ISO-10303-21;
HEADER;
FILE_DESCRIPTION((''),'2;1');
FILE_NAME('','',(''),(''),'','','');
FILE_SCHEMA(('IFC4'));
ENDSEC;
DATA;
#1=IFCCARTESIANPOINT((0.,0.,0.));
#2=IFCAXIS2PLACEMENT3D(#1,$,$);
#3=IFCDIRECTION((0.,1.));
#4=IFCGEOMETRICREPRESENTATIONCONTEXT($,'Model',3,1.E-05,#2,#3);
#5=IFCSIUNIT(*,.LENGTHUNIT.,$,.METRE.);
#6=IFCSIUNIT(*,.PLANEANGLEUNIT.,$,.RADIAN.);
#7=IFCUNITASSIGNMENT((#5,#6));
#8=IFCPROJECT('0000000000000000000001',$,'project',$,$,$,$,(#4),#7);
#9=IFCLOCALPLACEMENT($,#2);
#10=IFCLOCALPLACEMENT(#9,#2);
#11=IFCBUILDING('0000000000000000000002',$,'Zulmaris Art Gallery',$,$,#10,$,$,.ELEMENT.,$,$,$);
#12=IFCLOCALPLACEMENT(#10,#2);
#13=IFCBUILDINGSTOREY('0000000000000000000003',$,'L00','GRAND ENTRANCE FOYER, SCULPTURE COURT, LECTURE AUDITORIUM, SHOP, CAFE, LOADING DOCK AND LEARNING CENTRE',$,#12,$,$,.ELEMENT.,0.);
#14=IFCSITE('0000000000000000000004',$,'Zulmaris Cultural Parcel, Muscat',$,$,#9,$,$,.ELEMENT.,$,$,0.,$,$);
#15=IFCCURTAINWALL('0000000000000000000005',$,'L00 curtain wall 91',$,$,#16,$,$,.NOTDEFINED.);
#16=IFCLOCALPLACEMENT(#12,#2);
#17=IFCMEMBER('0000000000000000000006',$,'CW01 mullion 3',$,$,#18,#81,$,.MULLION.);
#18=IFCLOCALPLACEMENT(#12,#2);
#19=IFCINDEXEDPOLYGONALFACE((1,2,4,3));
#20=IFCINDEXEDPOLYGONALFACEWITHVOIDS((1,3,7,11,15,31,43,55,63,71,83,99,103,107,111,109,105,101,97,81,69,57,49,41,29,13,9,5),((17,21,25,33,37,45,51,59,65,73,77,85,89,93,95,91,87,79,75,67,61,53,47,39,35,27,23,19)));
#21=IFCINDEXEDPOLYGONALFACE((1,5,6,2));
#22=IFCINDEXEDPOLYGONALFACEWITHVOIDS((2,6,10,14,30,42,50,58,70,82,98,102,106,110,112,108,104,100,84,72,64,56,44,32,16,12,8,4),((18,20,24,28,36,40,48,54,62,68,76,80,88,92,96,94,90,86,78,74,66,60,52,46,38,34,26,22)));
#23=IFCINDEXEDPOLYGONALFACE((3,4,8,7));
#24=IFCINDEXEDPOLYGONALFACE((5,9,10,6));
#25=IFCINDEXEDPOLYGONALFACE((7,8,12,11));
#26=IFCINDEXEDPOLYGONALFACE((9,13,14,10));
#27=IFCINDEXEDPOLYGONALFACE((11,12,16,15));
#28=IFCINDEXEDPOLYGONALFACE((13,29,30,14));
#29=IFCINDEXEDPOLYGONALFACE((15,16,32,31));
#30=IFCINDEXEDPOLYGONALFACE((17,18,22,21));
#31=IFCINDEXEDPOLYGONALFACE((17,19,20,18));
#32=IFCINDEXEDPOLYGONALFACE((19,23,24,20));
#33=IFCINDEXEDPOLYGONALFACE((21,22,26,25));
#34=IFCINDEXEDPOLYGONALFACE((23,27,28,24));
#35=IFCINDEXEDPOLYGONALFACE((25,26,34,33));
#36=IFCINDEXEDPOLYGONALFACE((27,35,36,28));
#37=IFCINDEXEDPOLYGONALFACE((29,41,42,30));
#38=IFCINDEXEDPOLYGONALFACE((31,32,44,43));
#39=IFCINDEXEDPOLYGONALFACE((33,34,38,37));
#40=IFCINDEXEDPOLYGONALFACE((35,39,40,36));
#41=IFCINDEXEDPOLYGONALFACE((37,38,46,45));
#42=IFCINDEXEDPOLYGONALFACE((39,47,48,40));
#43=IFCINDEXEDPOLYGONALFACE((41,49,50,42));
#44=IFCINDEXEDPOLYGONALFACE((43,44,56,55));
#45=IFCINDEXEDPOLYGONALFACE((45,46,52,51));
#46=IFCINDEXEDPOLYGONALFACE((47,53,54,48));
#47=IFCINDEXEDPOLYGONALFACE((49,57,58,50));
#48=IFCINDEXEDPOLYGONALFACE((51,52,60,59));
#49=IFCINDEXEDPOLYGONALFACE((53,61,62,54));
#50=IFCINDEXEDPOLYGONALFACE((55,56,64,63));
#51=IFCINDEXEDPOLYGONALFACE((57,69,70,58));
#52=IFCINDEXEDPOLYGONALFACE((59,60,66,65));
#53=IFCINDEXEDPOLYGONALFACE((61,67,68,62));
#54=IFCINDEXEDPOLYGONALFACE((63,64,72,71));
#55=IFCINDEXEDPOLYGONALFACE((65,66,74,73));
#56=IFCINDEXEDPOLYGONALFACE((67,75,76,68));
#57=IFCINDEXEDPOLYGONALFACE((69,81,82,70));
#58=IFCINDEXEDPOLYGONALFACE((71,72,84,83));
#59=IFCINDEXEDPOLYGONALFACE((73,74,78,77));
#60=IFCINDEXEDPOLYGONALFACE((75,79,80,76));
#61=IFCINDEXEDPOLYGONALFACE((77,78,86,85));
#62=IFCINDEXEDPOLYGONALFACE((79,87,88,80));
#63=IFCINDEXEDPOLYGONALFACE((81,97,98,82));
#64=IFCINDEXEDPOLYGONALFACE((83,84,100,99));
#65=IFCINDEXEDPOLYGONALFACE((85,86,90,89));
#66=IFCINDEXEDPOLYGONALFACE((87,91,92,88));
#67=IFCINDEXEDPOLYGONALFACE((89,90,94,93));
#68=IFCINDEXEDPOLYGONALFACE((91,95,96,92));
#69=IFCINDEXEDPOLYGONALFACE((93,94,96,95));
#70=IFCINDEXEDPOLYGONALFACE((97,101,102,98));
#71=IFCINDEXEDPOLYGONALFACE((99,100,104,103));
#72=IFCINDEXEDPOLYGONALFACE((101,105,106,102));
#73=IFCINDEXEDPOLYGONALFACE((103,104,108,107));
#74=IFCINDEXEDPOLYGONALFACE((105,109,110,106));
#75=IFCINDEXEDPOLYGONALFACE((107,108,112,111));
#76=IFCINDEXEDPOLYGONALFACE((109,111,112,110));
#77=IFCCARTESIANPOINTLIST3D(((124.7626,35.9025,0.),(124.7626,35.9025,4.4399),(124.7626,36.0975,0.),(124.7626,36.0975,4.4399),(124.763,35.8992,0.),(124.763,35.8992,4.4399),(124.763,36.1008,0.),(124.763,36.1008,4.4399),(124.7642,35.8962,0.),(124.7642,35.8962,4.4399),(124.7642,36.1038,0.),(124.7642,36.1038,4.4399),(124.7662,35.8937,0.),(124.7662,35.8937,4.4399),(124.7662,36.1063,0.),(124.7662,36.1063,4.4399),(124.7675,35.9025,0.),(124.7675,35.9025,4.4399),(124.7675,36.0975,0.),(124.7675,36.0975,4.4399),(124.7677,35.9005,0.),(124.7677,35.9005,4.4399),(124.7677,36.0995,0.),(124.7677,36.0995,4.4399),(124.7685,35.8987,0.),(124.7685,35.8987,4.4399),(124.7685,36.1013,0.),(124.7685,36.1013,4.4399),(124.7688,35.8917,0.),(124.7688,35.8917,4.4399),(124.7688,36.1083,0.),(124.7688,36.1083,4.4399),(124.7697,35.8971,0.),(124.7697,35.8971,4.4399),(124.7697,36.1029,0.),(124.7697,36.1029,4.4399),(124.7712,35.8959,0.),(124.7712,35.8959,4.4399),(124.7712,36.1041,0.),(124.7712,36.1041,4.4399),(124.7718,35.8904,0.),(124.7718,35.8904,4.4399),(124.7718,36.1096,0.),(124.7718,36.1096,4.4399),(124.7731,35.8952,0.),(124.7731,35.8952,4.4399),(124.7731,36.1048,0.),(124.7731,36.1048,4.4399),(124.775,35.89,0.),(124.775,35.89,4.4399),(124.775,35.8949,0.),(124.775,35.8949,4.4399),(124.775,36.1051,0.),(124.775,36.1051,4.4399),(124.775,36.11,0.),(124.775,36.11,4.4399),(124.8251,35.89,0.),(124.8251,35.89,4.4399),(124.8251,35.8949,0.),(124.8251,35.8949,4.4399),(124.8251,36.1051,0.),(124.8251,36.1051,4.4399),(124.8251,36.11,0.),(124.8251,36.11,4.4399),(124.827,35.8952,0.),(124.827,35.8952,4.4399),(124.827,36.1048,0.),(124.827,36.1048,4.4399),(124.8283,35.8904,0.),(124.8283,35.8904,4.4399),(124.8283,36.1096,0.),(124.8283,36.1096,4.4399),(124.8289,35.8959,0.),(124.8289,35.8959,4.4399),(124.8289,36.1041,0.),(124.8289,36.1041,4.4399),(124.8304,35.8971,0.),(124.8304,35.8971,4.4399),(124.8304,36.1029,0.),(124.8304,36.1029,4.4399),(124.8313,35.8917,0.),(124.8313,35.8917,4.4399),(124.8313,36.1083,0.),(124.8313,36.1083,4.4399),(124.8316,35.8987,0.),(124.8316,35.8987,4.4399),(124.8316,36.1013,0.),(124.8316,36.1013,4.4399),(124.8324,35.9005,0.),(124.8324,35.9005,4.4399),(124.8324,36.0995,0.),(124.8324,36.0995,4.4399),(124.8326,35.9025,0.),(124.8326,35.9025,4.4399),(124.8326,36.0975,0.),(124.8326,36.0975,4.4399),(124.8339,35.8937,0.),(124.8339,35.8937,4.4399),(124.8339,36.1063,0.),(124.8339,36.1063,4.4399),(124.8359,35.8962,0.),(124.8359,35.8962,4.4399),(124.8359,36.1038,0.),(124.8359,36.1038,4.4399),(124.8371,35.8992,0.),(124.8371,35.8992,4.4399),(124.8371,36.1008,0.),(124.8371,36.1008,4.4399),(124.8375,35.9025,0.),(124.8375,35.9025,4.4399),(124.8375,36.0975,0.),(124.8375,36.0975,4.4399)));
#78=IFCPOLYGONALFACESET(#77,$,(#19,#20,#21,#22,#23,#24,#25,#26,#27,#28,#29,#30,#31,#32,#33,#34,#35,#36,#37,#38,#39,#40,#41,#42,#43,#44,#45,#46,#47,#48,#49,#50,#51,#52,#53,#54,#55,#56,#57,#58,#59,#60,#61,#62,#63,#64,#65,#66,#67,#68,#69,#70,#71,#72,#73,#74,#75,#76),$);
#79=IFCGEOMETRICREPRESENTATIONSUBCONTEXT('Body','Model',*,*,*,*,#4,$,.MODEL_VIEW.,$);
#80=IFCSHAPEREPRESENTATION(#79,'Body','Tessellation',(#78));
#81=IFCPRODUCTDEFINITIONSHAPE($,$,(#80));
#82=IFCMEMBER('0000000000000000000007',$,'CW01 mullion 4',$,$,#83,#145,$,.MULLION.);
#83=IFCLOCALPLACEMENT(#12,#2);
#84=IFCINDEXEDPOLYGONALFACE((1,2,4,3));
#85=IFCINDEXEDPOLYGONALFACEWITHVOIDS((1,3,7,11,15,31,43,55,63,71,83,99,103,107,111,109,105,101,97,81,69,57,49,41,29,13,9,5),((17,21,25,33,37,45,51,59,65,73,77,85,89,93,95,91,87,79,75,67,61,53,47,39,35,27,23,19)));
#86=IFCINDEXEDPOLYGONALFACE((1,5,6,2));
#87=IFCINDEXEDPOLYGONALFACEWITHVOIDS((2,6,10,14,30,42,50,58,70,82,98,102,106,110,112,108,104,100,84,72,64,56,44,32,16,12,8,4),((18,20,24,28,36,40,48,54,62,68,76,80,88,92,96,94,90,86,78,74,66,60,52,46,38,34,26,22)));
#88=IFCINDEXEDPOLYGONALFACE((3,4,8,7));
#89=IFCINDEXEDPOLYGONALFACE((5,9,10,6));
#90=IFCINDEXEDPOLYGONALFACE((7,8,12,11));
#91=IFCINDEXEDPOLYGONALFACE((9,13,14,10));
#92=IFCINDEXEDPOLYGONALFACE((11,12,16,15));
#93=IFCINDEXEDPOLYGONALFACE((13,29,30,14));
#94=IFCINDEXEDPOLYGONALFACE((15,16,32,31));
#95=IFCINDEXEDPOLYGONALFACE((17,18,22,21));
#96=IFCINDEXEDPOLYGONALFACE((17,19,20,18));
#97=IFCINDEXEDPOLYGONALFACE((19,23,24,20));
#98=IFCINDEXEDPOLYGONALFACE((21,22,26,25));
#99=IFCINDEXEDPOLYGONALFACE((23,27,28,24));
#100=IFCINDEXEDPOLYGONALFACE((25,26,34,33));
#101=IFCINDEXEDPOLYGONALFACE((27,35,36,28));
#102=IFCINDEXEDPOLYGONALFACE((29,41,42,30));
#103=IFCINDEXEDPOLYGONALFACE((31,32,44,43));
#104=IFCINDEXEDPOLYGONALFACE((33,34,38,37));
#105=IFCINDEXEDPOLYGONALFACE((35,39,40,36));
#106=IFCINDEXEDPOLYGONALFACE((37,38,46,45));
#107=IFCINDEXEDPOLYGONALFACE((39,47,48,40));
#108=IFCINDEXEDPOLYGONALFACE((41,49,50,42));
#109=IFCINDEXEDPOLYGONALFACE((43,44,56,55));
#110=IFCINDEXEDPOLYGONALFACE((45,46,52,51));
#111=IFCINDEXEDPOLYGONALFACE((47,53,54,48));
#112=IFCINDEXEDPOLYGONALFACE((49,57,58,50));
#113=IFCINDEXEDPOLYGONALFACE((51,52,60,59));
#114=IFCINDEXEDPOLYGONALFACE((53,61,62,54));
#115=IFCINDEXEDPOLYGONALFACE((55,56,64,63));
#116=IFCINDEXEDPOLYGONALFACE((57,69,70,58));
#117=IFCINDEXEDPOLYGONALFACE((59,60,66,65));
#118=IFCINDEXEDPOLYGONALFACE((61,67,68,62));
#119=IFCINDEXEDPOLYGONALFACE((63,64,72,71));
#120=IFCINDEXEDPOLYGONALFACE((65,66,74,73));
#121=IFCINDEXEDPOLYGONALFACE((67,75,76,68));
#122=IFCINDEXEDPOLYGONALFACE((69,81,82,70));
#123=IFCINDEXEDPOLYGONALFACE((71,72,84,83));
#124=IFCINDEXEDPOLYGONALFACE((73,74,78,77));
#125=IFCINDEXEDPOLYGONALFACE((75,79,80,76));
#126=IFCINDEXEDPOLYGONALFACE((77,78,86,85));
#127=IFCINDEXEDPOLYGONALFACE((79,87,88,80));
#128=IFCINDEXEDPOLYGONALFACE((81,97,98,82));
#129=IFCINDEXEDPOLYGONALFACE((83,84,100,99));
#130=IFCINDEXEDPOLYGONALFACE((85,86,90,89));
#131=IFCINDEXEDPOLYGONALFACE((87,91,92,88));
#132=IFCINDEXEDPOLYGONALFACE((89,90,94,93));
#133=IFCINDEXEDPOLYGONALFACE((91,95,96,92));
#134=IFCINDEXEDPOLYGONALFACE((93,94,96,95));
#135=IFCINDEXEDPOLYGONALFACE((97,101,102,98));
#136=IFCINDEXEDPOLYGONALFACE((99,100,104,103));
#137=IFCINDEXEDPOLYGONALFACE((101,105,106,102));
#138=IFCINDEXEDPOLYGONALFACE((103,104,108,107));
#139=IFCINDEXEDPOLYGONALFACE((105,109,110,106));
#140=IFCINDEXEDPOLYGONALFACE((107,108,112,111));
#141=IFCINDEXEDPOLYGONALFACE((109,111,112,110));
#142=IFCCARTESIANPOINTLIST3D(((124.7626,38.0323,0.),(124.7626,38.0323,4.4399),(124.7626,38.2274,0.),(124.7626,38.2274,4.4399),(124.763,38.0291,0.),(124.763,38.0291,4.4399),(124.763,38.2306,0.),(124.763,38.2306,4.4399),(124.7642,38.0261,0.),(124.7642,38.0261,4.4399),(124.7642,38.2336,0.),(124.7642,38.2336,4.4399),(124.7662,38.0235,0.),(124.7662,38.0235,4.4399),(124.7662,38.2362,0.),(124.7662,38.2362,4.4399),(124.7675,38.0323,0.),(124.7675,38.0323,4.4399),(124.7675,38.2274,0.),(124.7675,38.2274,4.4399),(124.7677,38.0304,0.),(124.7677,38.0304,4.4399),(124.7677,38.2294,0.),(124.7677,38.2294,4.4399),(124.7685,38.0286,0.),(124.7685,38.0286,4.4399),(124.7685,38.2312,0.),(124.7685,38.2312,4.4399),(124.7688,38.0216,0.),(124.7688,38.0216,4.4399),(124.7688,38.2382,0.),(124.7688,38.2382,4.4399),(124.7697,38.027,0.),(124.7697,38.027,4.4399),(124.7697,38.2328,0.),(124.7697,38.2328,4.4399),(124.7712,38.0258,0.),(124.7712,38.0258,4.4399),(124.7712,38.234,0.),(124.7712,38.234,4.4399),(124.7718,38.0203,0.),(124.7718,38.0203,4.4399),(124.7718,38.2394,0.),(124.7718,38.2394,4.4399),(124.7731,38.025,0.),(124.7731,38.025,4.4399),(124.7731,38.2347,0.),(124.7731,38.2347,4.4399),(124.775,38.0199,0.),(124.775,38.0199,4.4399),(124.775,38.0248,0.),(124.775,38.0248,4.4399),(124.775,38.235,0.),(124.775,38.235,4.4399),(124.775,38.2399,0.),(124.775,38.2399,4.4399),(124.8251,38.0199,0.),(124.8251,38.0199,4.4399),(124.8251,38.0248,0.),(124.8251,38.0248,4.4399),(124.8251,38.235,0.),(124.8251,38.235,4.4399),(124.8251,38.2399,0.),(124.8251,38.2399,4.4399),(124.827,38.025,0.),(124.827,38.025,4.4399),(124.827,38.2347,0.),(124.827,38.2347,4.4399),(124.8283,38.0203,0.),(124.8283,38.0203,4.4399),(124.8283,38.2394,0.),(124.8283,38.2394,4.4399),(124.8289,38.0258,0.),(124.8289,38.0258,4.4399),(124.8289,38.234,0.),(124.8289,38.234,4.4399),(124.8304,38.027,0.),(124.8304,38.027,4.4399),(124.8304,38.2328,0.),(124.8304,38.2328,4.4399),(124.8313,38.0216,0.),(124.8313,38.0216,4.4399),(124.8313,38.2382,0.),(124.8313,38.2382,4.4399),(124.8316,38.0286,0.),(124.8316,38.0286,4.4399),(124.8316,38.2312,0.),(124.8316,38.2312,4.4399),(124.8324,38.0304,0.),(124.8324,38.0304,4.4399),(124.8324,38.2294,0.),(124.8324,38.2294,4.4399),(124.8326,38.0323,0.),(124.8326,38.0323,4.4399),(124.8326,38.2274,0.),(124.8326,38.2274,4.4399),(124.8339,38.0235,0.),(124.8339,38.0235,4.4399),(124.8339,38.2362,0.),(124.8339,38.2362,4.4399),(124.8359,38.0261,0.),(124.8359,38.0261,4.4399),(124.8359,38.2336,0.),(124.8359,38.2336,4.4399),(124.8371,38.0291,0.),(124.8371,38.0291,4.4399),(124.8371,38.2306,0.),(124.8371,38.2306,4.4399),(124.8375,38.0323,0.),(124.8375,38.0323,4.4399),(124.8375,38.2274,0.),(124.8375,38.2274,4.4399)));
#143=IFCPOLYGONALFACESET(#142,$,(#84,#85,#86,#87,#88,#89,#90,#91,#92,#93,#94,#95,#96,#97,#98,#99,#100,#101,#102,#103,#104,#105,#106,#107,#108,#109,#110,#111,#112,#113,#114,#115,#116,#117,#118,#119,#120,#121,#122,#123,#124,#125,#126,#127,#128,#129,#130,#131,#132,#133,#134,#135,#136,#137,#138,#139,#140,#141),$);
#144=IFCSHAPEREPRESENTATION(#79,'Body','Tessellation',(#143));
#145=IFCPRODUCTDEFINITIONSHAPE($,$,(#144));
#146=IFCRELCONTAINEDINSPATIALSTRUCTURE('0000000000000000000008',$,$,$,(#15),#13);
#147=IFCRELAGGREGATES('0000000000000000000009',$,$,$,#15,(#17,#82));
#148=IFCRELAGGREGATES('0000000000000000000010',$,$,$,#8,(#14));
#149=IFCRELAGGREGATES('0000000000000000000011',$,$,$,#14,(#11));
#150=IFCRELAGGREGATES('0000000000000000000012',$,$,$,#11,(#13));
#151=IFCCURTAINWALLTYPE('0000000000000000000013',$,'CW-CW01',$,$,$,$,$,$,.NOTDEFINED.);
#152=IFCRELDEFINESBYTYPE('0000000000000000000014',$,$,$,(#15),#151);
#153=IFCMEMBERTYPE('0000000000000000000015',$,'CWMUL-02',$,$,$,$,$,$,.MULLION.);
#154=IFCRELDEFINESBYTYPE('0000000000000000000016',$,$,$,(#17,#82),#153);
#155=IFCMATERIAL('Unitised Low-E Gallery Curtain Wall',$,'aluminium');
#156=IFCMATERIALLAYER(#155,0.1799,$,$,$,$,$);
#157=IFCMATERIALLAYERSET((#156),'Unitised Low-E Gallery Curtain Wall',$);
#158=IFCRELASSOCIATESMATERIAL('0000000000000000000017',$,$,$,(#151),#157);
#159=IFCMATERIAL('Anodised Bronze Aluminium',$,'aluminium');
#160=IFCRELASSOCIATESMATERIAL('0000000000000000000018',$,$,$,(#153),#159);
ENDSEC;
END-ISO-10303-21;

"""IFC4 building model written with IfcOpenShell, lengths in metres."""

from ifc_helpers import new_model, si_unit, direction, frame, origin, origin_2d, place, context, subcontext, project, spatial, hollow_rectangle, extrude, material, layer, layer_set, material_profile, profile_set, type_object, element, aggregate, save


model = new_model("IFC4")

# Units and contexts
model_context = context("Model", 3, precision=1e-05, world=origin(), true_north=direction((0.0, 1.0)))
body_context = subcontext(model_context, "Body", "Model", "MODEL_VIEW")
ifc_project = project(units=[si_unit("LENGTHUNIT", "METRE"), si_unit("PLANEANGLEUNIT", "RADIAN")], contexts=[model_context])

# Site, building, storey
site_placement = place(None, origin())
site = spatial("IfcSite", under=ifc_project, at=site_placement, Name="Zulmaris Cultural Parcel, Muscat", CompositionType="ELEMENT", RefElevation=0.0)
building_placement = place(site_placement, origin())
building = spatial("IfcBuilding", under=site, at=building_placement, Name="Zulmaris Art Gallery", CompositionType="ELEMENT")
storey_placement = place(building_placement, origin())
storey = spatial("IfcBuildingStorey", under=building, at=storey_placement, Name="L00", Description="GRAND ENTRANCE FOYER, SCULPTURE COURT, LECTURE AUDITORIUM, SHOP, CAFE, LOADING DOCK AND LEARNING CENTRE", CompositionType="ELEMENT", Elevation=0.0)

# Curtain wall, members
ifc_material_1 = material(Name="Unitised Low-E Gallery Curtain Wall", Category="aluminium")
ifc_layer_1 = layer(ifc_material_1, 0.1799)
ifc_layer_set_1 = layer_set([ifc_layer_1], Name="Unitised Low-E Gallery Curtain Wall")
curtain_wall_type = type_object("IfcCurtainWallType", Name="CW-CW01", PredefinedType="NOTDEFINED", material=ifc_layer_set_1)
curtain_wall_1_placement = place(storey_placement, origin())
curtain_wall_1 = element("IfcCurtainWall", 1, at=curtain_wall_1_placement, inside=storey, type_object=curtain_wall_type, Name="L00 curtain wall 91", PredefinedType="NOTDEFINED")
ifc_material_2 = material(Name="Anodised Bronze Aluminium", Category="aluminium")
ifc_material_profile_1 = material_profile(ifc_material_2, hollow_rectangle(XDim=0.075, YDim=0.22, WallThickness=0.0049, InnerFilletRadius=0.0076, OuterFilletRadius=0.0125, at=origin_2d()), Name="ALU 75x220x5")
ifc_profile_set_1 = profile_set([ifc_material_profile_1], Name="Anodised Bronze Aluminium")
member_type_1 = type_object("IfcMemberType", Name="CWMUL-02", PredefinedType="MULLION", material=ifc_profile_set_1)
member_1_placement = place(storey_placement, frame((124.8, 36.0, 0.0), z_axis=(0.0, 0.0, 1.0), x_axis=(-1.0, 0.0, 0.0)))
member_1 = element("IfcMember", 2, at=member_1_placement, type_object=member_type_1, Name="CW01 mullion 3", PredefinedType="MULLION", context=body_context, shape_type="SweptSolid", body=[
    extrude(hollow_rectangle(XDim=0.075, YDim=0.22, WallThickness=0.0049, InnerFilletRadius=0.0076, OuterFilletRadius=0.0125, at=origin_2d()), origin(), (0.0, 0.0, 1.0), 4.4399),
])
member_2_placement = place(storey_placement, frame((124.8, 38.1299, 0.0), z_axis=(0.0, 0.0, 1.0), x_axis=(-1.0, 0.0, 0.0)))
member_2 = element("IfcMember", 3, at=member_2_placement, type_object=member_type_1, Name="CW01 mullion 4", PredefinedType="MULLION", context=body_context, shape_type="SweptSolid", body=[
    extrude(hollow_rectangle(XDim=0.075, YDim=0.22, WallThickness=0.0049, InnerFilletRadius=0.0076, OuterFilletRadius=0.0125, at=origin_2d()), origin(), (0.0, 0.0, 1.0), 4.4399),
])

aggregate(curtain_wall_1, [member_1, member_2])

save(model, "model.ifc")
